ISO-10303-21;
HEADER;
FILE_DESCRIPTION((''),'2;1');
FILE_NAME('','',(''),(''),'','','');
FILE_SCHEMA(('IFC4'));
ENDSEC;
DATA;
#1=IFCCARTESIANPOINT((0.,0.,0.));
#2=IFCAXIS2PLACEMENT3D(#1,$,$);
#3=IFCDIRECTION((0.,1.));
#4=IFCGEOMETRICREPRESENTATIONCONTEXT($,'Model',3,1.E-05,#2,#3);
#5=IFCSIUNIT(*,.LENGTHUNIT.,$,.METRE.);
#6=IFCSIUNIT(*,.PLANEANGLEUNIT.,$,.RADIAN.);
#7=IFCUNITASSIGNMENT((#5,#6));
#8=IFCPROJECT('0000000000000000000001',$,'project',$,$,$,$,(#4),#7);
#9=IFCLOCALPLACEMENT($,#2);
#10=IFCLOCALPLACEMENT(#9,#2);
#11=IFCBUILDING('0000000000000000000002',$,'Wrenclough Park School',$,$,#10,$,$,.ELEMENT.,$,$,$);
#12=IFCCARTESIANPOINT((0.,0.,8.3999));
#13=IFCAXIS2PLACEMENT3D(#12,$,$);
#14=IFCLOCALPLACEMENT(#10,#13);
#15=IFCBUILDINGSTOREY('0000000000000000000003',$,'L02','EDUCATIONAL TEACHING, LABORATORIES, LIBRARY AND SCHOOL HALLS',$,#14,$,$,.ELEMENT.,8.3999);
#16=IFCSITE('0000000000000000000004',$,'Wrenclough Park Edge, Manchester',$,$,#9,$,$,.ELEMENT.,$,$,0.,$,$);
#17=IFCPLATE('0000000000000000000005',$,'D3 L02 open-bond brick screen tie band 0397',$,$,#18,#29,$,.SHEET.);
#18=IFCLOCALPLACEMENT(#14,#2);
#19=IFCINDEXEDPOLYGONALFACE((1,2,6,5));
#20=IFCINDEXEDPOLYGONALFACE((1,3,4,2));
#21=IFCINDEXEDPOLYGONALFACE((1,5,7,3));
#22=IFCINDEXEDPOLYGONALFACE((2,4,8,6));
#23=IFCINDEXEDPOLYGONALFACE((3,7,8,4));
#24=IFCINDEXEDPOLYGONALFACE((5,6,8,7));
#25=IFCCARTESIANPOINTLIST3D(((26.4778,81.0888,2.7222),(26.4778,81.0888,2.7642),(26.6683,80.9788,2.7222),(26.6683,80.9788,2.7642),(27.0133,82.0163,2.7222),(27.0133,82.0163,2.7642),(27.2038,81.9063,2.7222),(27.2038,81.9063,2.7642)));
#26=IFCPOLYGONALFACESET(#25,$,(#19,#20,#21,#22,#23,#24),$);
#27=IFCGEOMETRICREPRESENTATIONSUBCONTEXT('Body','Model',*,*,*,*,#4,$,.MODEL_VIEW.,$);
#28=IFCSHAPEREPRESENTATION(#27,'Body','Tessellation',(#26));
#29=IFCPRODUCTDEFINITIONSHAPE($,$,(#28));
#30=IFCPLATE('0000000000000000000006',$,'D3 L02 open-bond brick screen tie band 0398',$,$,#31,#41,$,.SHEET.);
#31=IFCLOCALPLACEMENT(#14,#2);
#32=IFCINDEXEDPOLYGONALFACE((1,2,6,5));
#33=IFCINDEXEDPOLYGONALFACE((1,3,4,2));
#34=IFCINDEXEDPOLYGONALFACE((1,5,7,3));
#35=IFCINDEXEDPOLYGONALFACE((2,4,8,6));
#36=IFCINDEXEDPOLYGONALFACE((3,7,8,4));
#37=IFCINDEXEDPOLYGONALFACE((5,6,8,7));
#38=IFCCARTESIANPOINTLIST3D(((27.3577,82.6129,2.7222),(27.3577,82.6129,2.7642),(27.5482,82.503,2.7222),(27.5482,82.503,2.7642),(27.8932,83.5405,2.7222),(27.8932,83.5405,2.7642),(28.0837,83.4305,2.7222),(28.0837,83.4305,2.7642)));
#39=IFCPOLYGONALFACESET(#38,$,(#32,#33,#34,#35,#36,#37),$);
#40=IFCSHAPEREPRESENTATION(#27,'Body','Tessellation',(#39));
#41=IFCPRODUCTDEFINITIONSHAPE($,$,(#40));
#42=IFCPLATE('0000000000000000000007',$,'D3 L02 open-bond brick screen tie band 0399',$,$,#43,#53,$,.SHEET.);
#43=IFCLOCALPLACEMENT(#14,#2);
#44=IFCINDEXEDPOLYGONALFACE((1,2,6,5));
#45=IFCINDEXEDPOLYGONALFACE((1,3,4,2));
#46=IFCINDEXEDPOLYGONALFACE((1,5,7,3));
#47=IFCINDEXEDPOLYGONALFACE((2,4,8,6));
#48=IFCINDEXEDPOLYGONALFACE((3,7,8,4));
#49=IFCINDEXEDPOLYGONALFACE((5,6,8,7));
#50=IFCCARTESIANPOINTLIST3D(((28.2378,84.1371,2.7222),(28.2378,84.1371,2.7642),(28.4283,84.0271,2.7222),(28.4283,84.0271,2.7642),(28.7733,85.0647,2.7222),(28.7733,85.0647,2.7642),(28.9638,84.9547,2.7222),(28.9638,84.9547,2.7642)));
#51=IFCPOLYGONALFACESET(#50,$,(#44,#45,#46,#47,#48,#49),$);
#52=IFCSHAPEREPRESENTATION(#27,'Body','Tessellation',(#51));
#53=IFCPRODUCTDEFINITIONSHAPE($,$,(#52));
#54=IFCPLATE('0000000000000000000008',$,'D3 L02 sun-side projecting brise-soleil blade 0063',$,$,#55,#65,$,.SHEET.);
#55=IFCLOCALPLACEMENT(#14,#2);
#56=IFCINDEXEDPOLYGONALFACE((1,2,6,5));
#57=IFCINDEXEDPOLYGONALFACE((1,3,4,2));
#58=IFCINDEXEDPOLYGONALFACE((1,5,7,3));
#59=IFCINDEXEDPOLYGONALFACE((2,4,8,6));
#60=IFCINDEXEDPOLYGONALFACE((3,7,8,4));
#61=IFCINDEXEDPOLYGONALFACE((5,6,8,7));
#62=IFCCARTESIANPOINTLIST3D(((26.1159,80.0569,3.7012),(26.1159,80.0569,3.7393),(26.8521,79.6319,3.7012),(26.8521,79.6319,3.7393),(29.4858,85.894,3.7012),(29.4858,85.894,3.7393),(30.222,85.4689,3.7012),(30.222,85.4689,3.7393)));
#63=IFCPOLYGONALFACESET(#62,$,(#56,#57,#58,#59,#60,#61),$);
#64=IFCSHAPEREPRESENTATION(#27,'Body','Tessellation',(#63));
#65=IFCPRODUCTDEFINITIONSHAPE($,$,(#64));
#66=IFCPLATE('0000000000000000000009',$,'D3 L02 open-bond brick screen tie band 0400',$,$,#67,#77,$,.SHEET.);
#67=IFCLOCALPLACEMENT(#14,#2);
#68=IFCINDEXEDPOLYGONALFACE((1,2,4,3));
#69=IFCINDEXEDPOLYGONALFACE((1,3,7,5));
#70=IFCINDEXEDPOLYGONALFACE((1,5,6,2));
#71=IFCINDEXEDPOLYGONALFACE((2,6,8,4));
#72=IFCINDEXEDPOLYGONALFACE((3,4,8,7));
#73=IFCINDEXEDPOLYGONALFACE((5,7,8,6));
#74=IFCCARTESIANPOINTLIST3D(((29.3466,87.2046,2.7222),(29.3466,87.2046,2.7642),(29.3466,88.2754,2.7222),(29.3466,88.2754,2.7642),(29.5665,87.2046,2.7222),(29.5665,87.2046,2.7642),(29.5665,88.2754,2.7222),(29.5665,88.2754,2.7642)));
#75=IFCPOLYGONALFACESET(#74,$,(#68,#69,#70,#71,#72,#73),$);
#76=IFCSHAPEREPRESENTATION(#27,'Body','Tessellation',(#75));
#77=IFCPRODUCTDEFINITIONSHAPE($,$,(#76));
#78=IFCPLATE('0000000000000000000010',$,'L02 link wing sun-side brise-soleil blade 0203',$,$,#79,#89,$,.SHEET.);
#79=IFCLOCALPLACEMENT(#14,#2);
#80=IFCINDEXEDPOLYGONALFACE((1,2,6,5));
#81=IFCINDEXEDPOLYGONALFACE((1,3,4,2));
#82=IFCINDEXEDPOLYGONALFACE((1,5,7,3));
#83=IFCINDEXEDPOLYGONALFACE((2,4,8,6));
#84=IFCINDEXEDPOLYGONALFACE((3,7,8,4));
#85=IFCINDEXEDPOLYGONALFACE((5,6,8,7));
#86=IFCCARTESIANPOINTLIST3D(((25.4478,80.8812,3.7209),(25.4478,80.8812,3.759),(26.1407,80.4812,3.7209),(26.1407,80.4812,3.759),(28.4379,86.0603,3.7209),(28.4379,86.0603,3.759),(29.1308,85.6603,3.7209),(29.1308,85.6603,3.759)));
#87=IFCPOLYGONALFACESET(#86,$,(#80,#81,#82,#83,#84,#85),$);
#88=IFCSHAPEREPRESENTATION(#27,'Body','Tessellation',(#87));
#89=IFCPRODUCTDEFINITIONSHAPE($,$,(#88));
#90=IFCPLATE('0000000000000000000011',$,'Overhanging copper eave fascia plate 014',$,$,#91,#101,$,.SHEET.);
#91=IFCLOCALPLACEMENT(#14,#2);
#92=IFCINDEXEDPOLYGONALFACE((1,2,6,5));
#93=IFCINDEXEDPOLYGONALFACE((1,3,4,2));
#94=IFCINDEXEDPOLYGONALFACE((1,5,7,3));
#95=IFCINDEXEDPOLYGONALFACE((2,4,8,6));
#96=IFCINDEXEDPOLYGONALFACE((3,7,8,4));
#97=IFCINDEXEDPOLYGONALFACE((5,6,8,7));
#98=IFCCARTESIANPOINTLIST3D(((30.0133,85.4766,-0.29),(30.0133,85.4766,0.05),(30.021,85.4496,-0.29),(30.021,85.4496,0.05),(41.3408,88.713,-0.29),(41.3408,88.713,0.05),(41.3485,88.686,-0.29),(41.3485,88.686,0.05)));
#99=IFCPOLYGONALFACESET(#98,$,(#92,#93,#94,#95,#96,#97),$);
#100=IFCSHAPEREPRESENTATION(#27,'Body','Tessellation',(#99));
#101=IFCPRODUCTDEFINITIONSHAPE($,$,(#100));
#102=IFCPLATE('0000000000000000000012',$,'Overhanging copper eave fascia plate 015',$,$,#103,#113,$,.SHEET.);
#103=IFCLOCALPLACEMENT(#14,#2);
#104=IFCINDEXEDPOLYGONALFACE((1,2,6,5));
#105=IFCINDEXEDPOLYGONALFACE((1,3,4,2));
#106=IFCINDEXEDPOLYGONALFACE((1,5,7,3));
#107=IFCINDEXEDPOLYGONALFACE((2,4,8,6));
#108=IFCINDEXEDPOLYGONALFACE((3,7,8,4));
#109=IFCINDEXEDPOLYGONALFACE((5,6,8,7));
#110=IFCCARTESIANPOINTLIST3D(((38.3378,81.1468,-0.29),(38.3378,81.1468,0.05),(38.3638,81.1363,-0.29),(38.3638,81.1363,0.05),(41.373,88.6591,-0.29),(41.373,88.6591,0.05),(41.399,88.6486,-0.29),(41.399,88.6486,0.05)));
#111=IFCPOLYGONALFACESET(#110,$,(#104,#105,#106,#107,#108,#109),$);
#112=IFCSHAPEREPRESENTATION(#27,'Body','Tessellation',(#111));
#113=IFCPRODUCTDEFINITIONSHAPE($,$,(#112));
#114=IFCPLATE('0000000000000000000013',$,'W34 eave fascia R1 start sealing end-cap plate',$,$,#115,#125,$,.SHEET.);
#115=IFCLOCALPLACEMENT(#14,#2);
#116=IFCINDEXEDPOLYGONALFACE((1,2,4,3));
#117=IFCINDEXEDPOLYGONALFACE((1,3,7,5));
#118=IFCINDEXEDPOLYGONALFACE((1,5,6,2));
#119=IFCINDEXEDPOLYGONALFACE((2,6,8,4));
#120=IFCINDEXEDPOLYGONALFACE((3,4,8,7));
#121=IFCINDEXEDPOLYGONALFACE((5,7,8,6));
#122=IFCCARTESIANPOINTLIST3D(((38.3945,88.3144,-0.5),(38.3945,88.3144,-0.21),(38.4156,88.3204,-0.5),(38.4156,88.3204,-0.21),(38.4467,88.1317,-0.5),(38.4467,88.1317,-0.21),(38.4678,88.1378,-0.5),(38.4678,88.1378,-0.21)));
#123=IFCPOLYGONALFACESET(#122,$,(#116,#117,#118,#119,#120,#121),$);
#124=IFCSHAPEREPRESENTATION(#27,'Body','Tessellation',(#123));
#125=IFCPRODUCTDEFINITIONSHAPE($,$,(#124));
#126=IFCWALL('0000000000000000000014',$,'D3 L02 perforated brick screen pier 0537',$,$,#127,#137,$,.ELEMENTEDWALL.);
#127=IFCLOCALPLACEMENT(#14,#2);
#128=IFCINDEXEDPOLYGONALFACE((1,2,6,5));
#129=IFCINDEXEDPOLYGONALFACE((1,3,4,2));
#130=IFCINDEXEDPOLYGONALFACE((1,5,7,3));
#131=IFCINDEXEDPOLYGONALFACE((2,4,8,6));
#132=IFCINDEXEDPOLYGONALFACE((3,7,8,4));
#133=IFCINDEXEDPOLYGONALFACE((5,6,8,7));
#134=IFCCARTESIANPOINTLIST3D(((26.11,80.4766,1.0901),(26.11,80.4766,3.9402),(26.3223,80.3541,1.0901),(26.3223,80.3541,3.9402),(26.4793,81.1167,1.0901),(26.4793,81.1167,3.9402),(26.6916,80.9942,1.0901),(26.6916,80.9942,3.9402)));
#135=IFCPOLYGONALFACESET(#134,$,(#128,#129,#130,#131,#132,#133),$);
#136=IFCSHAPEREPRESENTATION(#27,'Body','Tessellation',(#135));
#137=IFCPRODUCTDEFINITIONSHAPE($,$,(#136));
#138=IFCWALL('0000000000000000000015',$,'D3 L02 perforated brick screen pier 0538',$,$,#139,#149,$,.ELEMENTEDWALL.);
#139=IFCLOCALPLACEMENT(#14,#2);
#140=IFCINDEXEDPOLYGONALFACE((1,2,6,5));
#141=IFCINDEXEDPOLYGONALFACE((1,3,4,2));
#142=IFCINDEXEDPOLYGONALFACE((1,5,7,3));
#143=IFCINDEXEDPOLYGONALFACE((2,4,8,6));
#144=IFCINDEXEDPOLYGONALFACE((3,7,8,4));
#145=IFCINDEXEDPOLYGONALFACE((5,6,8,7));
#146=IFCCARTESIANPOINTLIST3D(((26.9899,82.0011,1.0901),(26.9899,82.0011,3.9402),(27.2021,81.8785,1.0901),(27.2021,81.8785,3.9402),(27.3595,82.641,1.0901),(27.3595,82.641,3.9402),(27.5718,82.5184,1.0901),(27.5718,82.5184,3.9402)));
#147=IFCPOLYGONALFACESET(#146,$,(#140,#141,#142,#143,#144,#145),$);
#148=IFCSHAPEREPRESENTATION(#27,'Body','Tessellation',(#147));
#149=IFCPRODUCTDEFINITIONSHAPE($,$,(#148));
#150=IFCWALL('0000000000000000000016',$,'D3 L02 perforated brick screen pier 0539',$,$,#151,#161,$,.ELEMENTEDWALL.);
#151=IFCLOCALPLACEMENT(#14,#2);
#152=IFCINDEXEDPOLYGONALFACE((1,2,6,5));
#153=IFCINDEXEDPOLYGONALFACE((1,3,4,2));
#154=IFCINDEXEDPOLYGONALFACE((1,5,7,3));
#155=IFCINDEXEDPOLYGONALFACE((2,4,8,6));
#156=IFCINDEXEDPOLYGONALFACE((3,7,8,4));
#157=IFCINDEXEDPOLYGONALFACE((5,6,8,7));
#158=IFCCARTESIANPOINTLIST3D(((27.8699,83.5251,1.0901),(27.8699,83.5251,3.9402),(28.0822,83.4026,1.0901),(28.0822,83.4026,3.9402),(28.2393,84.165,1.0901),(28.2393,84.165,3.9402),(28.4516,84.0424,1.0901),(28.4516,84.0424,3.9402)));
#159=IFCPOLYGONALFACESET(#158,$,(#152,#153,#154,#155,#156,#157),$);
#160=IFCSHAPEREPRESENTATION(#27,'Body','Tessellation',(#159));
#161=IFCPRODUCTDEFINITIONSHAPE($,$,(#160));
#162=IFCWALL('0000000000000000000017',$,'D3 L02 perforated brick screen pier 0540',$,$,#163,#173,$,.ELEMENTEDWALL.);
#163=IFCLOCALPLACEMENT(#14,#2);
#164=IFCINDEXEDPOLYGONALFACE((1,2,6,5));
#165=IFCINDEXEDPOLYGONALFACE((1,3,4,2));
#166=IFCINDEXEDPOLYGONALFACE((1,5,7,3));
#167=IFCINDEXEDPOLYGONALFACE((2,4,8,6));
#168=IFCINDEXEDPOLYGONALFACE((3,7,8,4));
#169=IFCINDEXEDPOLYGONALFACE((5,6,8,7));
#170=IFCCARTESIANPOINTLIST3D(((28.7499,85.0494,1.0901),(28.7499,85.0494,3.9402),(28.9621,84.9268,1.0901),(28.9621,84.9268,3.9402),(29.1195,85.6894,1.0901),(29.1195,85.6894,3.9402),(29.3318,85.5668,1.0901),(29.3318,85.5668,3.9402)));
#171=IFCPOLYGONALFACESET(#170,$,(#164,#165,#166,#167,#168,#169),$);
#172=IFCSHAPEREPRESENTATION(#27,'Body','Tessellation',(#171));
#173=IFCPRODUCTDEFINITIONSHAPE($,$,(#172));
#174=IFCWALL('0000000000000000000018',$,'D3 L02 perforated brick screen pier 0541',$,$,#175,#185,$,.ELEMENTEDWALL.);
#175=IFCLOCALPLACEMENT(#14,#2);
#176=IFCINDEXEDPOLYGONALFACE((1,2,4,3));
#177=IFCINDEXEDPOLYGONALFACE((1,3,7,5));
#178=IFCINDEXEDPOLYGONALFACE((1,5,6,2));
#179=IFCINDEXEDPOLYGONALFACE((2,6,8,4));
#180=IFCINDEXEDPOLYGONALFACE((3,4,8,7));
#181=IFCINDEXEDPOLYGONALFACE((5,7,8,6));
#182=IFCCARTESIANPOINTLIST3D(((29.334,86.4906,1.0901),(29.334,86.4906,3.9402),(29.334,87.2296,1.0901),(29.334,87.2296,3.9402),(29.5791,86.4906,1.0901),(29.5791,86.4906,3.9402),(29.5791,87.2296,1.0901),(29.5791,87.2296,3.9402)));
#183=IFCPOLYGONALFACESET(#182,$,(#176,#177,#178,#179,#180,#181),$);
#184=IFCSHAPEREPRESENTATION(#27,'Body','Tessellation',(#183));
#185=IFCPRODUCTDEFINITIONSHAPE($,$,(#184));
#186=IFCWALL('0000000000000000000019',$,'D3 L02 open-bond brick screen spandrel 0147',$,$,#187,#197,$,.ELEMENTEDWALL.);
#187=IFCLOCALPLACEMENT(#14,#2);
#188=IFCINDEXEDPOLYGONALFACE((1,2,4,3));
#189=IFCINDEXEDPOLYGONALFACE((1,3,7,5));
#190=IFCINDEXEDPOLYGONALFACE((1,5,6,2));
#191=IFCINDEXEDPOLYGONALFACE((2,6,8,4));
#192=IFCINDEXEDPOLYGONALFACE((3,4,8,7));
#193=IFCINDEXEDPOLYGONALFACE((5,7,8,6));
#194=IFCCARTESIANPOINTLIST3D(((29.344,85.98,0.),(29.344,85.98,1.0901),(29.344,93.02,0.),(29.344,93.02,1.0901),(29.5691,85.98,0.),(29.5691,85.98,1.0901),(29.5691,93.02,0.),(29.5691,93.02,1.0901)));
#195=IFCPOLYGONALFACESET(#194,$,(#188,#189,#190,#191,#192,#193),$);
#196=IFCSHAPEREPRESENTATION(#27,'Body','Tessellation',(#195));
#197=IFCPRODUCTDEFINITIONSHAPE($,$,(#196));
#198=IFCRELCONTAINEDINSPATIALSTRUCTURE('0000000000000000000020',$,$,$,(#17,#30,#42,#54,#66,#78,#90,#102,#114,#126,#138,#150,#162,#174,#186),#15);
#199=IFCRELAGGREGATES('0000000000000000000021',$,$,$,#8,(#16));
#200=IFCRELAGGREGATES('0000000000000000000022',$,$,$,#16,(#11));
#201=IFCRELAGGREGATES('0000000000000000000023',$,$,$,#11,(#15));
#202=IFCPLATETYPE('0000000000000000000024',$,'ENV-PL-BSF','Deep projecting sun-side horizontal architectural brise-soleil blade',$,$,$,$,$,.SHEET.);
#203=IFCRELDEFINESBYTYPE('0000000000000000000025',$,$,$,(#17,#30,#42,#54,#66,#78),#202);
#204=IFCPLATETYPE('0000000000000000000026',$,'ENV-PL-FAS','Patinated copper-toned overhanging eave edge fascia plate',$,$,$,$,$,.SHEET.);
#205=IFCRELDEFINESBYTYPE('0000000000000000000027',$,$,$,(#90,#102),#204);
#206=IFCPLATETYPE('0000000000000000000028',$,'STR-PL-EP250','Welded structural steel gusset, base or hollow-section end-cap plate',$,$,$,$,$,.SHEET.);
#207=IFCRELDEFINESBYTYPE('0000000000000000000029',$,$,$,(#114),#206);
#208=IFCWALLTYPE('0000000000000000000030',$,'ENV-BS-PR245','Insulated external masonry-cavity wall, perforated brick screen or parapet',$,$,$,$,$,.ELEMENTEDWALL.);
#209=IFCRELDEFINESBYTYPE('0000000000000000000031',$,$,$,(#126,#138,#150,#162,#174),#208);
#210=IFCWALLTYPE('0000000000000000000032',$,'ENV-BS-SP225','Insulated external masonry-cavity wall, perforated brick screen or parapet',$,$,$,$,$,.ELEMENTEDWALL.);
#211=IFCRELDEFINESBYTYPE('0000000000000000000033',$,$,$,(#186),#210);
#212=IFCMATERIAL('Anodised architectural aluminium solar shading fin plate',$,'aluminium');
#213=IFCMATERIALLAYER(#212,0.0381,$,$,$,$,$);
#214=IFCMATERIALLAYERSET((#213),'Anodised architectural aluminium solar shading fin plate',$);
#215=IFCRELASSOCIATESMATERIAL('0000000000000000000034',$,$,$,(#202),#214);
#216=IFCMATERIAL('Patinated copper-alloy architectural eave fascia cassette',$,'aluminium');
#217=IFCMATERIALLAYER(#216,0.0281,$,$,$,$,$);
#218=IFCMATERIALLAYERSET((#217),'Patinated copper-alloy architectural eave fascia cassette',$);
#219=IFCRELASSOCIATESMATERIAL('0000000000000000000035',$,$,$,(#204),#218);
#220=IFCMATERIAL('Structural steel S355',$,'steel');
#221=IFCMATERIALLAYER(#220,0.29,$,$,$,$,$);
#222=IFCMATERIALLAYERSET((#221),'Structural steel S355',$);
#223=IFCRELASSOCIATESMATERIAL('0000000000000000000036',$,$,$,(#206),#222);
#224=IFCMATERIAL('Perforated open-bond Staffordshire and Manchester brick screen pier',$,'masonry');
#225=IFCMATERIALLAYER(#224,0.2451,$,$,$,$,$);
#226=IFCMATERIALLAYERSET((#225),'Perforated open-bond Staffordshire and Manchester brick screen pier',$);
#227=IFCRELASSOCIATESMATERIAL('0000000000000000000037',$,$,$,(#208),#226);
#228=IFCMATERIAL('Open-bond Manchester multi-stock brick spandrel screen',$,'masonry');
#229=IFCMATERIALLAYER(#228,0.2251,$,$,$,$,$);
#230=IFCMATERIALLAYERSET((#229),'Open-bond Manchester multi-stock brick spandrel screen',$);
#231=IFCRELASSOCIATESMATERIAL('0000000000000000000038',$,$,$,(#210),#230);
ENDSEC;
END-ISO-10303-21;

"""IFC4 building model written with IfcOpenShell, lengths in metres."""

from ifc_helpers import new_model, si_unit, direction, frame, frame_2d, origin, origin_2d, place, context, subcontext, project, spatial, rectangle, extrude, material, layer, layer_set, type_object, element, save


model = new_model("IFC4")

# Units and contexts
model_context = context("Model", 3, precision=1e-05, world=origin(), true_north=direction((0.0, 1.0)))
body_context = subcontext(model_context, "Body", "Model", "MODEL_VIEW")
ifc_project = project(units=[si_unit("LENGTHUNIT", "METRE"), si_unit("PLANEANGLEUNIT", "RADIAN")], contexts=[model_context])

# Site, building, storey
site_placement = place(None, origin())
site = spatial("IfcSite", under=ifc_project, at=site_placement, Name="Wrenclough Park Edge, Manchester", CompositionType="ELEMENT", RefElevation=0.0)
building_placement = place(site_placement, origin())
building = spatial("IfcBuilding", under=site, at=building_placement, Name="Wrenclough Park School", CompositionType="ELEMENT")
storey_placement = place(building_placement, frame((0.0, 0.0, 8.3999)))
storey = spatial("IfcBuildingStorey", under=building, at=storey_placement, Name="L02", Description="EDUCATIONAL TEACHING, LABORATORIES, LIBRARY AND SCHOOL HALLS", CompositionType="ELEMENT", Elevation=8.3999)

# Shared definitions
ifc_material_1 = material(Name="Structural steel S355", Category="steel")

# Plates
ifc_material_2 = material(Name="Anodised architectural aluminium solar shading fin plate", Category="aluminium")
ifc_layer_1 = layer(ifc_material_2, 0.0381)
ifc_layer_set_1 = layer_set([ifc_layer_1], Name="Anodised architectural aluminium solar shading fin plate")
plate_type_1 = type_object("IfcPlateType", Name="ENV-PL-BSF", Description="Deep projecting sun-side horizontal architectural brise-soleil blade", PredefinedType="SHEET", material=ifc_layer_set_1)
for number, where, z_axis, x_axis, name in (
    (1, (26.8408, 81.4976, 2.7222), (0.0, 0.0, 1.0), (0.499991, 0.866031, 0.0), "D3 L02 open-bond brick screen tie band 0397"),
    (2, (27.7207, 83.0217, 2.7222), (0.0, 0.0, 1.0), (0.499991, 0.866031, 0.0), "D3 L02 open-bond brick screen tie band 0398"),
    (3, (28.6008, 84.5459, 2.7222), (0.0, 0.0, 1.0), (0.499991, 0.866031, 0.0), "D3 L02 open-bond brick screen tie band 0399"),
):
    element("IfcPlate", number, at=place(storey_placement, frame(where, z_axis=z_axis, x_axis=x_axis)), inside=storey, type_object=plate_type_1, Name=name, PredefinedType="SHEET", context=body_context, shape_type="SweptSolid", body=[
        extrude(rectangle(XDim=1.071, YDim=0.22, at=origin_2d()), origin(), (0.0, 0.0, 1.0), 0.042),
    ])
plate_1_placement = place(storey_placement, frame((28.1689, 82.7629, 3.7012), z_axis=(0.0, 0.0, 1.0), x_axis=(0.499991, 0.866031, 0.0)))
element("IfcPlate", 4, at=plate_1_placement, inside=storey, type_object=plate_type_1, Name="D3 L02 sun-side projecting brise-soleil blade 0063", PredefinedType="SHEET", context=body_context, shape_type="SweptSolid", body=[
    extrude(rectangle(XDim=6.74, YDim=0.8501, at=origin_2d()), origin(), (0.0, 0.0, 1.0), 0.0381),
])
plate_2_placement = place(storey_placement, frame((29.4565, 87.74, 2.7222), z_axis=(0.0, 0.0, 1.0), x_axis=(0.0, 1.0, 0.0)))
element("IfcPlate", 5, at=plate_2_placement, inside=storey, type_object=plate_type_1, Name="D3 L02 open-bond brick screen tie band 0400", PredefinedType="SHEET", context=body_context, shape_type="SweptSolid", body=[
    extrude(rectangle(XDim=1.0708, YDim=0.22, at=origin_2d()), origin(), (0.0, 0.0, 1.0), 0.042),
])
plate_3_placement = place(storey_placement, frame((27.2893, 83.2708, 3.7209), z_axis=(0.0, 0.0, 1.0), x_axis=(-0.499994, -0.866029, 0.0)))
element("IfcPlate", 6, at=plate_3_placement, inside=storey, type_object=plate_type_1, Name="L02 link wing sun-side brise-soleil blade 0203", PredefinedType="SHEET", context=body_context, shape_type="SweptSolid", body=[
    extrude(rectangle(XDim=5.9802, YDim=0.8, at=origin_2d()), origin(), (0.0, 0.0, 1.0), 0.0381),
])
ifc_material_3 = material(Name="Patinated copper-alloy architectural eave fascia cassette", Category="aluminium")
ifc_layer_2 = layer(ifc_material_3, 0.0281)
ifc_layer_set_2 = layer_set([ifc_layer_2], Name="Patinated copper-alloy architectural eave fascia cassette")
plate_type_2 = type_object("IfcPlateType", Name="ENV-PL-FAS", Description="Patinated copper-toned overhanging eave edge fascia plate", PredefinedType="SHEET", material=ifc_layer_set_2)
plate_4_placement = place(storey_placement, frame((35.6809, 87.0813, -0.29), z_axis=(0.0, 0.0, 1.0), x_axis=(0.961524, 0.27472, 0.0)))
element("IfcPlate", 7, at=plate_4_placement, inside=storey, type_object=plate_type_2, Name="Overhanging copper eave fascia plate 014", PredefinedType="SHEET", context=body_context, shape_type="SweptSolid", body=[
    extrude(rectangle(XDim=11.7808, YDim=0.0281, at=origin_2d()), origin(), (0.0, 0.0, 1.0), 0.3401),
])
plate_5_placement = place(storey_placement, frame((39.8684, 84.8977, -0.29), z_axis=(0.0, 0.0, 1.0), x_axis=(-0.374607, -0.927184, 0.0)))
element("IfcPlate", 8, at=plate_5_placement, inside=storey, type_object=plate_type_2, Name="Overhanging copper eave fascia plate 015", PredefinedType="SHEET", context=body_context, shape_type="SweptSolid", body=[
    extrude(rectangle(XDim=8.1023, YDim=0.0281, at=origin_2d()), origin(), (0.0, 0.0, 1.0), 0.3401),
])
ifc_layer_3 = layer(ifc_material_1, 0.29)
ifc_layer_set_3 = layer_set([ifc_layer_3], Name="Structural steel S355")
plate_type_3 = type_object("IfcPlateType", Name="STR-PL-EP250", Description="Welded structural steel gusset, base or hollow-section end-cap plate", PredefinedType="SHEET", material=ifc_layer_set_3)
plate_6_placement = place(storey_placement, frame((38.4312, 88.2261, -0.5), z_axis=(0.0, 0.0, 1.0), x_axis=(0.961502, 0.274798, 0.0)))
element("IfcPlate", 9, at=plate_6_placement, inside=storey, type_object=plate_type_3, Name="W34 eave fascia R1 start sealing end-cap plate", PredefinedType="SHEET", context=body_context, shape_type="SweptSolid", body=[
    extrude(rectangle(XDim=0.022, YDim=0.1899, at=origin_2d()), origin(), (0.0, 0.0, 1.0), 0.29),
])

# Walls
ifc_material_4 = material(Name="Perforated open-bond Staffordshire and Manchester brick screen pier", Category="masonry")
ifc_layer_4 = layer(ifc_material_4, 0.2451)
ifc_layer_set_4 = layer_set([ifc_layer_4], Name="Perforated open-bond Staffordshire and Manchester brick screen pier")
wall_type_1 = type_object("IfcWallType", Name="ENV-BS-PR245", Description="Insulated external masonry-cavity wall, perforated brick screen or parapet", PredefinedType="ELEMENTEDWALL", material=ifc_layer_set_4)
for number, where, z_axis, x_axis, name in (
    (10, (26.2161, 80.4153, 1.0901), (0.0, 0.0, 1.0), (0.499799, 0.866142, 0.0), "D3 L02 perforated brick screen pier 0537"),
    (11, (27.0959, 81.9397, 1.0901), (0.0, 0.0, 1.0), (0.50019, 0.865916, 0.0), "D3 L02 perforated brick screen pier 0538"),
):
    element("IfcWall", number, at=place(storey_placement, frame(where, z_axis=z_axis, x_axis=x_axis)), inside=storey, type_object=wall_type_1, Name=name, PredefinedType="ELEMENTEDWALL", context=body_context, shape_type="SweptSolid", body=[
        extrude(rectangle(XDim=0.739, YDim=0.2451, at=frame_2d((0.3696, 0.0))), origin(), (0.0, 0.0, 1.0), 2.8501),
    ])
wall_1_placement = place(storey_placement, frame((27.9761, 83.4639, 1.0901), z_axis=(0.0, 0.0, 1.0), x_axis=(0.499942, 0.866059, 0.0)))
element("IfcWall", 12, at=wall_1_placement, inside=storey, type_object=wall_type_1, Name="D3 L02 perforated brick screen pier 0539", PredefinedType="ELEMENTEDWALL", context=body_context, shape_type="SweptSolid", body=[
    extrude(rectangle(XDim=0.7388, YDim=0.2451, at=frame_2d((0.3694, 0.0))), origin(), (0.0, 0.0, 1.0), 2.8501),
])
for number, where, z_axis, x_axis, name in (
    (13, (28.856, 84.988, 1.0901), (0.0, 0.0, 1.0), (0.50019, 0.865916, 0.0), "D3 L02 perforated brick screen pier 0540"),
    (14, (29.4565, 86.4905, 1.0901), (0.0, 0.0, 1.0), (0.0, 1.0, 0.0), "D3 L02 perforated brick screen pier 0541"),
):
    element("IfcWall", number, at=place(storey_placement, frame(where, z_axis=z_axis, x_axis=x_axis)), inside=storey, type_object=wall_type_1, Name=name, PredefinedType="ELEMENTEDWALL", context=body_context, shape_type="SweptSolid", body=[
        extrude(rectangle(XDim=0.739, YDim=0.2451, at=frame_2d((0.3696, 0.0))), origin(), (0.0, 0.0, 1.0), 2.8501),
    ])
ifc_material_5 = material(Name="Open-bond Manchester multi-stock brick spandrel screen", Category="masonry")
ifc_layer_5 = layer(ifc_material_5, 0.2251)
ifc_layer_set_5 = layer_set([ifc_layer_5], Name="Open-bond Manchester multi-stock brick spandrel screen")
wall_type_2 = type_object("IfcWallType", Name="ENV-BS-SP225", Description="Insulated external masonry-cavity wall, perforated brick screen or parapet", PredefinedType="ELEMENTEDWALL", material=ifc_layer_set_5)
wall_2_placement = place(storey_placement, frame((29.4565, 85.98, 0.0), z_axis=(0.0, 0.0, 1.0), x_axis=(0.0, 1.0, 0.0)))
element("IfcWall", 15, at=wall_2_placement, inside=storey, type_object=wall_type_2, Name="D3 L02 open-bond brick screen spandrel 0147", PredefinedType="ELEMENTEDWALL", context=body_context, shape_type="SweptSolid", body=[
    extrude(rectangle(XDim=7.04, YDim=0.2251, at=frame_2d((3.52, 0.0))), origin(), (0.0, 0.0, 1.0), 1.0901),
])

save(model, "model.ifc")
